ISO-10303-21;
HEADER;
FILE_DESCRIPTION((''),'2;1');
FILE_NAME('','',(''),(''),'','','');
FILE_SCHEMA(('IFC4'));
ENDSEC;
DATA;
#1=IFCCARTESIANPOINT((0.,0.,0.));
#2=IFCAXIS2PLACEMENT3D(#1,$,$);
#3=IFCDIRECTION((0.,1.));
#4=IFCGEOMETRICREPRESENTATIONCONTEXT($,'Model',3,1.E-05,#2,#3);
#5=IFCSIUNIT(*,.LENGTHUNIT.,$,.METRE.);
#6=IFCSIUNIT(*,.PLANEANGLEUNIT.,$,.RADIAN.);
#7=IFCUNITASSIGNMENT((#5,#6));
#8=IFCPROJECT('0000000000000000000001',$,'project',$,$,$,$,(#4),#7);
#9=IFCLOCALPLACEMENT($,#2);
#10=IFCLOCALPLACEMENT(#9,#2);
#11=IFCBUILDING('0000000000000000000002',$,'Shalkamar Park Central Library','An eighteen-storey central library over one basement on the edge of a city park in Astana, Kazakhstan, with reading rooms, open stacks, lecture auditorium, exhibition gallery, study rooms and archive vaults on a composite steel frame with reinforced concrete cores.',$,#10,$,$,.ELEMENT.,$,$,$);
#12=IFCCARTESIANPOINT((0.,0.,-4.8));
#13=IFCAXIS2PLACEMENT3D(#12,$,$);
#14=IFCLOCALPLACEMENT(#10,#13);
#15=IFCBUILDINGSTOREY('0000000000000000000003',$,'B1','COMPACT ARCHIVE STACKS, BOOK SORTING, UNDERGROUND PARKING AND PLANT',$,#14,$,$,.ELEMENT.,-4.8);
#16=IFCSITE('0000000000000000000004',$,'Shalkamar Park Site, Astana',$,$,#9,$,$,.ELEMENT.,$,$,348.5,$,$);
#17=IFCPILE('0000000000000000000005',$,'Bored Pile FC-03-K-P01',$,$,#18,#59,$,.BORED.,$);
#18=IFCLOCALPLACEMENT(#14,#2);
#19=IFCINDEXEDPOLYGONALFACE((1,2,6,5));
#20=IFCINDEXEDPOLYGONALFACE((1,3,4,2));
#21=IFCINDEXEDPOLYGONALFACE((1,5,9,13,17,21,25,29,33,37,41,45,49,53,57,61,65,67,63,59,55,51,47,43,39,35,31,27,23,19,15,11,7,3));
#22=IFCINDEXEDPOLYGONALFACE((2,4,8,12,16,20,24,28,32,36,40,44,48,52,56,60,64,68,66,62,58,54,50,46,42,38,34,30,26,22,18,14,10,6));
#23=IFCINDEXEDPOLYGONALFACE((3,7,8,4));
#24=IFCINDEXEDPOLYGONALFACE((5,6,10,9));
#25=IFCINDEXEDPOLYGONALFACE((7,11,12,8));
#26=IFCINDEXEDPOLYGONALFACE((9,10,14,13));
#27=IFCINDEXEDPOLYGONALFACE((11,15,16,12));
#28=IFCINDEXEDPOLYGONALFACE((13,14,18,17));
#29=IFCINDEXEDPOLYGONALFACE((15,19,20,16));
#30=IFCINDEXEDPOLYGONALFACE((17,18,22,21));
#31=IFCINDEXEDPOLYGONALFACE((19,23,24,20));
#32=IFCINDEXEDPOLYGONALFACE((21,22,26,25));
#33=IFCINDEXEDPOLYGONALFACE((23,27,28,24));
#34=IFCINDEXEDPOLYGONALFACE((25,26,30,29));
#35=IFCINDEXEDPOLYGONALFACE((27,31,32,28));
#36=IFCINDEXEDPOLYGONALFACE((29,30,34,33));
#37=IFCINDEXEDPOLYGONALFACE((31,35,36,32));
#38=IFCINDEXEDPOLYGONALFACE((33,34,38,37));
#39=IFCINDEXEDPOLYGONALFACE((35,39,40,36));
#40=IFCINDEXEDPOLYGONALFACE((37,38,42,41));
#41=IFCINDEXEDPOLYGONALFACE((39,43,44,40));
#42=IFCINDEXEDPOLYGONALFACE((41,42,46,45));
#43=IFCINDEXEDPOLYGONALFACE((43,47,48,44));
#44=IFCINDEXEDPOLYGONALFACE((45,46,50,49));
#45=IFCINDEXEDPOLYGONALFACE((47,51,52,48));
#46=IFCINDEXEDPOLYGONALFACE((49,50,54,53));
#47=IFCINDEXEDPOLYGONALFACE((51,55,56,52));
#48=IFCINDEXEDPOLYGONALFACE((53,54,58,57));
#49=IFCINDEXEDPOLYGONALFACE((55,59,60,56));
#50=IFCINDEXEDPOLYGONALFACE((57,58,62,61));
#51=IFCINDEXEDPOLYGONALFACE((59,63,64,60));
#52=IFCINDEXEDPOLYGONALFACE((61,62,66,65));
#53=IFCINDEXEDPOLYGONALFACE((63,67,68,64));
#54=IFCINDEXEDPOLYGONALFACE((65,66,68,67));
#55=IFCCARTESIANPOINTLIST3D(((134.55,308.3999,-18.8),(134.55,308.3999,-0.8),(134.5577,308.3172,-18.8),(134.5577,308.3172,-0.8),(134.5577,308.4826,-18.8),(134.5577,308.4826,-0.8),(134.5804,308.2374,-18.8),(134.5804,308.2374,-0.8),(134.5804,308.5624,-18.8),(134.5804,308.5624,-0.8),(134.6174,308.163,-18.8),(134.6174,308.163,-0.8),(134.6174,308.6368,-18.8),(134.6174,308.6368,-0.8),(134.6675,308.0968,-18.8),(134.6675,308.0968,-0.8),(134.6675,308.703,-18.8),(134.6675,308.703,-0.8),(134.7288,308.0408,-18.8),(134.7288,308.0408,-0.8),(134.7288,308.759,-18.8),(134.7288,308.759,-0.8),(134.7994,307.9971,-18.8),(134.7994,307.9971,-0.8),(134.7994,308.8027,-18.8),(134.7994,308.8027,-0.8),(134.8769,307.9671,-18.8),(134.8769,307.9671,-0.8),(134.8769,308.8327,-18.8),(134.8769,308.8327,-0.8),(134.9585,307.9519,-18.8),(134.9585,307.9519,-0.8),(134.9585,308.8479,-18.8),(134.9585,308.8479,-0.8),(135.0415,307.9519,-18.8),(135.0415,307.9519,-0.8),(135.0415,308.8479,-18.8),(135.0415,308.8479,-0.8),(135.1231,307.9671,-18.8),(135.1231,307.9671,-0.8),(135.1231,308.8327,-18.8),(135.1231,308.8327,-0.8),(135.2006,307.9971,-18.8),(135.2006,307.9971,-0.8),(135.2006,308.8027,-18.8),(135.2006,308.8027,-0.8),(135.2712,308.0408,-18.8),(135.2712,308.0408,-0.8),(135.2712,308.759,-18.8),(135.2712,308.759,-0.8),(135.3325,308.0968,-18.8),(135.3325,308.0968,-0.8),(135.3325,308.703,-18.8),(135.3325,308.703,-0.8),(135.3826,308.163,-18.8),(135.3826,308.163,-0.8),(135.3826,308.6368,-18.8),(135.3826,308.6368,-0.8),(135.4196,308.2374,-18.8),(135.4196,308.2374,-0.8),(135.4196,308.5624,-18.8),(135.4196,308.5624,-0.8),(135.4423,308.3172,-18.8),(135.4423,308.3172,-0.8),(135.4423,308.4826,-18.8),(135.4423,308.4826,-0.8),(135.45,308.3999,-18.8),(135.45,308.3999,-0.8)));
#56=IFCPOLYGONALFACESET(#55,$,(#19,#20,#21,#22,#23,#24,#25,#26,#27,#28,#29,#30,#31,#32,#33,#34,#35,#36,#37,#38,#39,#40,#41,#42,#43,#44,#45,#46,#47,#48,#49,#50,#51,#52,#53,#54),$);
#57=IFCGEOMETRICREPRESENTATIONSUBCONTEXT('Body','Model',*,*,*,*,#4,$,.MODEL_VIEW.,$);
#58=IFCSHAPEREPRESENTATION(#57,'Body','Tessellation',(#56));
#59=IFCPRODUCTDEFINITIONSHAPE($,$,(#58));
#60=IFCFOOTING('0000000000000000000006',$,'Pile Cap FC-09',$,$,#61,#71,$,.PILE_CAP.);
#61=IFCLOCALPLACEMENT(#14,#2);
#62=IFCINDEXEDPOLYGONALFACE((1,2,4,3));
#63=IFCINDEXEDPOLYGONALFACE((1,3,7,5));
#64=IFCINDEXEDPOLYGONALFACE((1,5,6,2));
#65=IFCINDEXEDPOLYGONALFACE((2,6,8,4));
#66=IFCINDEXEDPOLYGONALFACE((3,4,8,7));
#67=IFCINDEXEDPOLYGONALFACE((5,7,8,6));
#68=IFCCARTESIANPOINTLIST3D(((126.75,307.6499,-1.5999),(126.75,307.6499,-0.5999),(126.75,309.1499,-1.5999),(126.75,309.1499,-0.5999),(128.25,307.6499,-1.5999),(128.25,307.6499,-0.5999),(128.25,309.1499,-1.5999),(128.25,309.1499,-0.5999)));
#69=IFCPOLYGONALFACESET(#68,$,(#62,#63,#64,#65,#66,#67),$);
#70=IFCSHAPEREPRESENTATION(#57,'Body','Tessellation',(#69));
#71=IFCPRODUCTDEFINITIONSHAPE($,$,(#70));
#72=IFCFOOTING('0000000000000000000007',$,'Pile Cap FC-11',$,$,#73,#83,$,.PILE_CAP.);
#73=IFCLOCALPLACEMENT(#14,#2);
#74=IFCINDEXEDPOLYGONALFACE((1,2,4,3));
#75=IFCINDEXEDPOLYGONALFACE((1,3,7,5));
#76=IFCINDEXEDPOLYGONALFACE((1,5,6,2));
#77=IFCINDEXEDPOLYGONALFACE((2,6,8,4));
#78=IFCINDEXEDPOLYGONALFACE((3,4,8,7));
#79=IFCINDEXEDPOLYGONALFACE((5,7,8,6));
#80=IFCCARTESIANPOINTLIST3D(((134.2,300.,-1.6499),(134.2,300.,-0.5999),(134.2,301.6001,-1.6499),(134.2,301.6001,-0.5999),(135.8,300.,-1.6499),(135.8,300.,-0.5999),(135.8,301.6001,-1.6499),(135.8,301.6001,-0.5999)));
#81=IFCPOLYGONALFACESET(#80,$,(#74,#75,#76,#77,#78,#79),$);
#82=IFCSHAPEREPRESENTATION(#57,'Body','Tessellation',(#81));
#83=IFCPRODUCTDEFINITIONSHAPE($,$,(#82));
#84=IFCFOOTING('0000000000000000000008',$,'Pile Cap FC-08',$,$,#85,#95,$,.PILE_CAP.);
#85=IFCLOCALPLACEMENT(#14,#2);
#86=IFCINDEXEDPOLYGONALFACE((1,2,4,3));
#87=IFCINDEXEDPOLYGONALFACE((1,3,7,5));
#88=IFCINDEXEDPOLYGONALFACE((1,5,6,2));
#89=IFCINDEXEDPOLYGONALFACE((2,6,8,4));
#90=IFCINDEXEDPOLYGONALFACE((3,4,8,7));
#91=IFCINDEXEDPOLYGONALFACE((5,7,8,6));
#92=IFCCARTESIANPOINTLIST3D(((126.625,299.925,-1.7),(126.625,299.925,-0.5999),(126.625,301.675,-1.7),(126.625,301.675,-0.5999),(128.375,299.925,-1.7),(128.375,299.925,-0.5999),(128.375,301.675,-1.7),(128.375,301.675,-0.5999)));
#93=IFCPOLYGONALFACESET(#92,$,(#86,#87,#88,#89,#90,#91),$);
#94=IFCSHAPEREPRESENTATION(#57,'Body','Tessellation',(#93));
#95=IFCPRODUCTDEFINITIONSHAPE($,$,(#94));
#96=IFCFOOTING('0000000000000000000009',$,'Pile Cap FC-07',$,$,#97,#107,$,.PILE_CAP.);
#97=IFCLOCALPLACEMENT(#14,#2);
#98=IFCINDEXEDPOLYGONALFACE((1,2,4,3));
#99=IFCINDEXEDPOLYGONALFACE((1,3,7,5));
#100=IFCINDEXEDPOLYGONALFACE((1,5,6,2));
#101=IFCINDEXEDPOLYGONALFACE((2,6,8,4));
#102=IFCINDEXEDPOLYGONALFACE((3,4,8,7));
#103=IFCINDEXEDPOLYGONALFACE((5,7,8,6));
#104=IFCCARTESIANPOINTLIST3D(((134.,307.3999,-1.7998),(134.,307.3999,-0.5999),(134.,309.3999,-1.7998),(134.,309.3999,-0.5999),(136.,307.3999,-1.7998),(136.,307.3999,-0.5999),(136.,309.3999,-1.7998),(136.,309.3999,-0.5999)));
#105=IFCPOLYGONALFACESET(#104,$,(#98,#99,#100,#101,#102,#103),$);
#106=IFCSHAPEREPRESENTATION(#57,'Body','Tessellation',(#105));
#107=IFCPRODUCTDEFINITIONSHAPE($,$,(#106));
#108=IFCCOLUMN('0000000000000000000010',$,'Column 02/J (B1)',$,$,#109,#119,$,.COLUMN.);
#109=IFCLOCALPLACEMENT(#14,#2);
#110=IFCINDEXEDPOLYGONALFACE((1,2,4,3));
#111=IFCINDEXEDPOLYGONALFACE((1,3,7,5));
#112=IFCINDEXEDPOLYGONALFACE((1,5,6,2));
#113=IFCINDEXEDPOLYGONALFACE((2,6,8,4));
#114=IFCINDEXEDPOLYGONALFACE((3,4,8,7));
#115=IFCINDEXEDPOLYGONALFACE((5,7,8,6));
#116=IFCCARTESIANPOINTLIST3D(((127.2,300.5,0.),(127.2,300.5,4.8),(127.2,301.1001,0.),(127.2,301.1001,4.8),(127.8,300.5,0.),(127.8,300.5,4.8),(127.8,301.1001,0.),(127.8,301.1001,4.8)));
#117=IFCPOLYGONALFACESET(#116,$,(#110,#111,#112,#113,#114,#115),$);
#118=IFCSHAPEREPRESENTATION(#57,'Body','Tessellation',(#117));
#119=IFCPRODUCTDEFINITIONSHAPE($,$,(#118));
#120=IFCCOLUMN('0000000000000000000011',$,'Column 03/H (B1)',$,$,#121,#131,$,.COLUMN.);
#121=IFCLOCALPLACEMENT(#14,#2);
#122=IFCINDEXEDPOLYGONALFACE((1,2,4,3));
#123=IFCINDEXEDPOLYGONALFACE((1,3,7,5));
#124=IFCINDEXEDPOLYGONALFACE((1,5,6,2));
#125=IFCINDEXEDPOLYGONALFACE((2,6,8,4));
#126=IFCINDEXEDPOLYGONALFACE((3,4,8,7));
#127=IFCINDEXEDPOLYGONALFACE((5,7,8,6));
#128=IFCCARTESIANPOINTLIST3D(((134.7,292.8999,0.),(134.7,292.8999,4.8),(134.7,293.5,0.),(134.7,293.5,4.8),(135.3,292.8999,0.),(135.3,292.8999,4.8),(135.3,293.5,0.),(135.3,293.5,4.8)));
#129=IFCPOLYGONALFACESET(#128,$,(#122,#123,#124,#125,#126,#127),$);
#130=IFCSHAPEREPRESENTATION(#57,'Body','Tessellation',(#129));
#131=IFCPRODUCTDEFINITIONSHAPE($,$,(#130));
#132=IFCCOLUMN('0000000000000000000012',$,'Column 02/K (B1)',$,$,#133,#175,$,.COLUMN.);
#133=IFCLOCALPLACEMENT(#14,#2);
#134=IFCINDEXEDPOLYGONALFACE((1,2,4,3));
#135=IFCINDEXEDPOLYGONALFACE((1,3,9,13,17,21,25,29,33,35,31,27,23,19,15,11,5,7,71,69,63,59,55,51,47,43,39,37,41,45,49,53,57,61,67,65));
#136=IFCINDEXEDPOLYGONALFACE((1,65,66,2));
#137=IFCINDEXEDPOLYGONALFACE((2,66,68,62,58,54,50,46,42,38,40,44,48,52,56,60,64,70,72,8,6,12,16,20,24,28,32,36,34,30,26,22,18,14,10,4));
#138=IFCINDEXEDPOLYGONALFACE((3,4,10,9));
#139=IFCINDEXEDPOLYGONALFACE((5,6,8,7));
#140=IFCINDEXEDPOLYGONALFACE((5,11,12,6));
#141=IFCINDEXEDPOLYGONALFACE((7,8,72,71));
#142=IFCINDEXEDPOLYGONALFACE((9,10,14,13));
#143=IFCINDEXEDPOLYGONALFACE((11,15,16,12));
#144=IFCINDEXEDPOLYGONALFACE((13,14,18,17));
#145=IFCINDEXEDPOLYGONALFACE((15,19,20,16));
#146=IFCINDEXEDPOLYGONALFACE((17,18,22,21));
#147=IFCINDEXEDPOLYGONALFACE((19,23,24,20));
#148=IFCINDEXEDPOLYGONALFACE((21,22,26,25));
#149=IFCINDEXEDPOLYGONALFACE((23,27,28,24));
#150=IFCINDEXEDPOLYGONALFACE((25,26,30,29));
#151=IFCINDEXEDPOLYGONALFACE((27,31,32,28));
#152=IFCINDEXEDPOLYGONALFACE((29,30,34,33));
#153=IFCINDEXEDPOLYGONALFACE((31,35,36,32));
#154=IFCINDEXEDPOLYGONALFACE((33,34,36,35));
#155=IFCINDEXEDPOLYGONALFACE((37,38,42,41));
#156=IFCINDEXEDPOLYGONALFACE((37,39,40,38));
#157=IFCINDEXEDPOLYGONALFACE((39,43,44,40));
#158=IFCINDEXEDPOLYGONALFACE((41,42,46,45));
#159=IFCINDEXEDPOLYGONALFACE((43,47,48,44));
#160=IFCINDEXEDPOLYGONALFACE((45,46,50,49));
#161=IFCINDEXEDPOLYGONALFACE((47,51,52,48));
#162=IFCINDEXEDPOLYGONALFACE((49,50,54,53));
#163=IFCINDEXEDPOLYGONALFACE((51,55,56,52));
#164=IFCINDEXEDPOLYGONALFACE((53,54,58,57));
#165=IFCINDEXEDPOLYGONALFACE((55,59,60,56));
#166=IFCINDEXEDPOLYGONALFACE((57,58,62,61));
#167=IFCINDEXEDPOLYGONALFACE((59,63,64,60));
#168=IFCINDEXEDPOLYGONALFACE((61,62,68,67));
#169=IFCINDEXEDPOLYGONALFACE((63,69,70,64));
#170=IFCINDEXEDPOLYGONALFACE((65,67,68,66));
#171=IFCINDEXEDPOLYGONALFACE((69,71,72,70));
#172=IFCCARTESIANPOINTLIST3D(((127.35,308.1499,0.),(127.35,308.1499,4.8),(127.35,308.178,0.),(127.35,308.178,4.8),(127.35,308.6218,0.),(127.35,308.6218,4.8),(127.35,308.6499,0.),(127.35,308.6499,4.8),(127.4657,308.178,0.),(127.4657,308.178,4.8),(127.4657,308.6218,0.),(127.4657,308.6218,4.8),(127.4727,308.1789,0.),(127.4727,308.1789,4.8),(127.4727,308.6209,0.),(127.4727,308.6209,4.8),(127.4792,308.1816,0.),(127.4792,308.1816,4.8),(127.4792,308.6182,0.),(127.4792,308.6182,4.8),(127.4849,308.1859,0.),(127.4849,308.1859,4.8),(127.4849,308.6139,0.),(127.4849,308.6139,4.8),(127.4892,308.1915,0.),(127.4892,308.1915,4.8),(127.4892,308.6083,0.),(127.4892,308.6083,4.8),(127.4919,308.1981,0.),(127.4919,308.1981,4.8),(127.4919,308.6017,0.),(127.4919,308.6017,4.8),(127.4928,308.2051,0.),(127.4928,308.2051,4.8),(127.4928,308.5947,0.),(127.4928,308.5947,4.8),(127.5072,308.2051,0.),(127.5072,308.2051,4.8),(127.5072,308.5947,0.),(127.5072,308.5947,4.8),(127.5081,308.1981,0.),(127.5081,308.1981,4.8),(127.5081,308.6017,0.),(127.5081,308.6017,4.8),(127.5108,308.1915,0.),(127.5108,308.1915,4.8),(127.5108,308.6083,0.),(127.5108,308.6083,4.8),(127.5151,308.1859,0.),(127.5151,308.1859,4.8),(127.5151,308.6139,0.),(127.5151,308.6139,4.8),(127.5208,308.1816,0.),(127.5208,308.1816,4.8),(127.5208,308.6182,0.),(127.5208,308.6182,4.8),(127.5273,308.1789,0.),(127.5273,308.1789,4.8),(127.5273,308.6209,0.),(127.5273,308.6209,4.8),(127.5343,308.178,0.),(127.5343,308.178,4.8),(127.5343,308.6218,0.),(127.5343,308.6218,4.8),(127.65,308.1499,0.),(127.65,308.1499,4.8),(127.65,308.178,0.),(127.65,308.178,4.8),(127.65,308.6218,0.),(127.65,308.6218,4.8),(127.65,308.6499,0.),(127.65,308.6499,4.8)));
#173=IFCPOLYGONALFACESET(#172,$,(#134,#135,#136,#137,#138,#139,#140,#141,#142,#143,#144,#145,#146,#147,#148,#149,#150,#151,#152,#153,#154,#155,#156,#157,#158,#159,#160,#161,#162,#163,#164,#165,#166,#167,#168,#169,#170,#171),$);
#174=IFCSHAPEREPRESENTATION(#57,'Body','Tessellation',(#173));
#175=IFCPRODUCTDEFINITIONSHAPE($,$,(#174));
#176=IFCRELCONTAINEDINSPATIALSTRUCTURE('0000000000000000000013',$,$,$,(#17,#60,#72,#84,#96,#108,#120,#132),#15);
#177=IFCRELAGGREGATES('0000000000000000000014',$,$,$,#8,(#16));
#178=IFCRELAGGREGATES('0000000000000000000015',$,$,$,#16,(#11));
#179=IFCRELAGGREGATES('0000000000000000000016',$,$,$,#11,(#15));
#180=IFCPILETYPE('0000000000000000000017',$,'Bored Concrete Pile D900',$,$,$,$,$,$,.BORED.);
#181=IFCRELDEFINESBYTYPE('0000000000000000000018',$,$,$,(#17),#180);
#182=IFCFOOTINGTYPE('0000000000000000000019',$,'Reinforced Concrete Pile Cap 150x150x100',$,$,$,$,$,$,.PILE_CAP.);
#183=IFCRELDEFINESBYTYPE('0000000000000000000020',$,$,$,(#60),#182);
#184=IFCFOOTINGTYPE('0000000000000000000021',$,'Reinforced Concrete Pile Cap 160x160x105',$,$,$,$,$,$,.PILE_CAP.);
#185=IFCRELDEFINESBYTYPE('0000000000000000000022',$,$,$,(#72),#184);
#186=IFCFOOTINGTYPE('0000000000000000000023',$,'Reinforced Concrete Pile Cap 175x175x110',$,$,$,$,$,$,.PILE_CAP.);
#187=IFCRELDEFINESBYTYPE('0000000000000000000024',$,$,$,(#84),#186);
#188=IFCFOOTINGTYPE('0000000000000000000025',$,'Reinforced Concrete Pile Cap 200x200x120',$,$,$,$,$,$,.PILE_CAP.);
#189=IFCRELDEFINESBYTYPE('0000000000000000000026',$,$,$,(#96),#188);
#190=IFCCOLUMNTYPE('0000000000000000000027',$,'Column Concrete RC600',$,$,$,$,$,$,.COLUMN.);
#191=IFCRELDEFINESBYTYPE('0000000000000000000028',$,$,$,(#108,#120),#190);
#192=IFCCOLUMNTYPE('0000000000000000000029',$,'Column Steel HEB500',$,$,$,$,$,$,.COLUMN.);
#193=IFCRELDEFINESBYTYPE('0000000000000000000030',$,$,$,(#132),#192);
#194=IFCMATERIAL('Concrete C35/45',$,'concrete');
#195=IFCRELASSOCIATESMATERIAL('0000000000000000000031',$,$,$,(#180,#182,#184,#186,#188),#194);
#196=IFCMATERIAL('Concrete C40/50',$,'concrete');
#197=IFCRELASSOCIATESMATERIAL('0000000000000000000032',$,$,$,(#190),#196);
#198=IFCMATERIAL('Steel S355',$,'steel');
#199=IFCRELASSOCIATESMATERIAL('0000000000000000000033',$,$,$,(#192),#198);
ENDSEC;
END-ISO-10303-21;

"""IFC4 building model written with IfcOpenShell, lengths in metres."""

from ifc_helpers import new_model, si_unit, direction, frame, origin, origin_2d, place, context, subcontext, project, spatial, rectangle, circle, i_section, extrude, material, material_profile, profile_set, type_object, element, save


model = new_model("IFC4")

# Units and contexts
model_context = context("Model", 3, precision=1e-05, world=origin(), true_north=direction((0.0, 1.0)))
body_context = subcontext(model_context, "Body", "Model", "MODEL_VIEW")
ifc_project = project(units=[si_unit("LENGTHUNIT", "METRE"), si_unit("PLANEANGLEUNIT", "RADIAN")], contexts=[model_context])

# Site, building, storey
site_placement = place(None, origin())
site = spatial("IfcSite", under=ifc_project, at=site_placement, Name="Shalkamar Park Site, Astana", CompositionType="ELEMENT", RefElevation=348.5)
building_placement = place(site_placement, origin())
building = spatial("IfcBuilding", under=site, at=building_placement, Name="Shalkamar Park Central Library", Description="An eighteen-storey central library over one basement on the edge of a city park in Astana, Kazakhstan, with reading rooms, open stacks, lecture auditorium, exhibition gallery, study rooms and archive vaults on a composite steel frame with reinforced concrete cores.", CompositionType="ELEMENT")
storey_placement = place(building_placement, frame((0.0, 0.0, -4.8)))
storey = spatial("IfcBuildingStorey", under=building, at=storey_placement, Name="B1", Description="COMPACT ARCHIVE STACKS, BOOK SORTING, UNDERGROUND PARKING AND PLANT", CompositionType="ELEMENT", Elevation=-4.8)

# Pile
ifc_material_1 = material(Name="Concrete C35/45", Category="concrete")
ifc_material_profile_1 = material_profile(ifc_material_1, circle(Radius=0.45, at=origin_2d()), Name="PILE D900")
ifc_profile_set_1 = profile_set([ifc_material_profile_1], Name="Concrete C35/45")
pile_type_1 = type_object("IfcPileType", Name="Bored Concrete Pile D900", PredefinedType="BORED", material=ifc_profile_set_1)
pile_1_placement = place(storey_placement, frame((135.0, 308.3999, -0.8), z_axis=(0.0, 0.0, -1.0), x_axis=(1.0, 0.0, 0.0)))
element("IfcPile", 1, at=pile_1_placement, inside=storey, type_object=pile_type_1, Name="Bored Pile FC-03-K-P01", PredefinedType="BORED", context=body_context, shape_type="SweptSolid", body=[
    extrude(circle(Radius=0.45, at=origin_2d()), origin(), (0.0, 0.0, 1.0), 18.0),
])

# Footings
footing_type_1 = type_object("IfcFootingType", Name="Reinforced Concrete Pile Cap 150x150x100", PredefinedType="PILE_CAP", material=ifc_material_1)
footing_1_placement = place(storey_placement, frame((127.5, 308.3999, -1.5999), z_axis=(0.0, 0.0, 1.0), x_axis=(1.0, 0.0, 0.0)))
element("IfcFooting", 2, at=footing_1_placement, inside=storey, type_object=footing_type_1, Name="Pile Cap FC-09", PredefinedType="PILE_CAP", context=body_context, shape_type="SweptSolid", body=[
    extrude(rectangle(XDim=1.5, YDim=1.5, at=origin_2d()), origin(), (0.0, 0.0, 1.0), 1.0),
])
footing_type_2 = type_object("IfcFootingType", Name="Reinforced Concrete Pile Cap 160x160x105", PredefinedType="PILE_CAP", material=ifc_material_1)
footing_2_placement = place(storey_placement, frame((135.0, 300.8, -1.6499), z_axis=(0.0, 0.0, 1.0), x_axis=(1.0, 0.0, 0.0)))
element("IfcFooting", 3, at=footing_2_placement, inside=storey, type_object=footing_type_2, Name="Pile Cap FC-11", PredefinedType="PILE_CAP", context=body_context, shape_type="SweptSolid", body=[
    extrude(rectangle(XDim=1.6001, YDim=1.6001, at=origin_2d()), origin(), (0.0, 0.0, 1.0), 1.05),
])
footing_type_3 = type_object("IfcFootingType", Name="Reinforced Concrete Pile Cap 175x175x110", PredefinedType="PILE_CAP", material=ifc_material_1)
footing_3_placement = place(storey_placement, frame((127.5, 300.8, -1.7), z_axis=(0.0, 0.0, 1.0), x_axis=(1.0, 0.0, 0.0)))
element("IfcFooting", 4, at=footing_3_placement, inside=storey, type_object=footing_type_3, Name="Pile Cap FC-08", PredefinedType="PILE_CAP", context=body_context, shape_type="SweptSolid", body=[
    extrude(rectangle(XDim=1.75, YDim=1.75, at=origin_2d()), origin(), (0.0, 0.0, 1.0), 1.1001),
])
footing_type_4 = type_object("IfcFootingType", Name="Reinforced Concrete Pile Cap 200x200x120", PredefinedType="PILE_CAP", material=ifc_material_1)
footing_4_placement = place(storey_placement, frame((135.0, 308.3999, -1.7998), z_axis=(0.0, 0.0, 1.0), x_axis=(1.0, 0.0, 0.0)))
element("IfcFooting", 5, at=footing_4_placement, inside=storey, type_object=footing_type_4, Name="Pile Cap FC-07", PredefinedType="PILE_CAP", context=body_context, shape_type="SweptSolid", body=[
    extrude(rectangle(XDim=2.0, YDim=2.0, at=origin_2d()), origin(), (0.0, 0.0, 1.0), 1.2),
])

# Columns
ifc_material_2 = material(Name="Concrete C40/50", Category="concrete")
ifc_material_profile_2 = material_profile(ifc_material_2, rectangle(XDim=0.6001, YDim=0.6001, at=origin_2d()), Name="RC 600x600")
ifc_profile_set_2 = profile_set([ifc_material_profile_2], Name="Concrete C40/50")
column_type_1 = type_object("IfcColumnType", Name="Column Concrete RC600", PredefinedType="COLUMN", material=ifc_profile_set_2)
for number, where, z_axis, x_axis, name in (
    (6, (127.5, 300.8, 0.0), (0.0, 0.0, 1.0), (1.0, 0.0, 0.0), "Column 02/J (B1)"),
    (7, (135.0, 293.2, 0.0), (0.0, 0.0, 1.0), (1.0, 0.0, 0.0), "Column 03/H (B1)"),
):
    element("IfcColumn", number, at=place(storey_placement, frame(where, z_axis=z_axis, x_axis=x_axis)), inside=storey, type_object=column_type_1, Name=name, PredefinedType="COLUMN", context=body_context, shape_type="SweptSolid", body=[
        extrude(rectangle(XDim=0.6001, YDim=0.6001, at=origin_2d()), origin(), (0.0, 0.0, 1.0), 4.8),
    ])
ifc_material_3 = material(Name="Steel S355", Category="steel")
ifc_material_profile_3 = material_profile(ifc_material_3, i_section(OverallWidth=0.3, OverallDepth=0.5, WebThickness=0.0144, FlangeThickness=0.0281, FilletRadius=0.0271, at=origin_2d()), Name="HEB 500")
ifc_profile_set_3 = profile_set([ifc_material_profile_3], Name="Steel S355")
column_type_2 = type_object("IfcColumnType", Name="Column Steel HEB500", PredefinedType="COLUMN", material=ifc_profile_set_3)
for number, where, z_axis, x_axis, name in (
    (8, (127.5, 308.3999, 0.0), (0.0, 0.0, 1.0), (1.0, 0.0, 0.0), "Column 02/K (B1)"),
):
    element("IfcColumn", number, at=place(storey_placement, frame(where, z_axis=z_axis, x_axis=x_axis)), inside=storey, type_object=column_type_2, Name=name, PredefinedType="COLUMN", context=body_context, shape_type="SweptSolid", body=[
        extrude(i_section(OverallWidth=0.3, OverallDepth=0.5, WebThickness=0.0144, FlangeThickness=0.0281, FilletRadius=0.0271, at=origin_2d()), origin(), (0.0, 0.0, 1.0), 4.8),
    ])

save(model, "model.ifc")
